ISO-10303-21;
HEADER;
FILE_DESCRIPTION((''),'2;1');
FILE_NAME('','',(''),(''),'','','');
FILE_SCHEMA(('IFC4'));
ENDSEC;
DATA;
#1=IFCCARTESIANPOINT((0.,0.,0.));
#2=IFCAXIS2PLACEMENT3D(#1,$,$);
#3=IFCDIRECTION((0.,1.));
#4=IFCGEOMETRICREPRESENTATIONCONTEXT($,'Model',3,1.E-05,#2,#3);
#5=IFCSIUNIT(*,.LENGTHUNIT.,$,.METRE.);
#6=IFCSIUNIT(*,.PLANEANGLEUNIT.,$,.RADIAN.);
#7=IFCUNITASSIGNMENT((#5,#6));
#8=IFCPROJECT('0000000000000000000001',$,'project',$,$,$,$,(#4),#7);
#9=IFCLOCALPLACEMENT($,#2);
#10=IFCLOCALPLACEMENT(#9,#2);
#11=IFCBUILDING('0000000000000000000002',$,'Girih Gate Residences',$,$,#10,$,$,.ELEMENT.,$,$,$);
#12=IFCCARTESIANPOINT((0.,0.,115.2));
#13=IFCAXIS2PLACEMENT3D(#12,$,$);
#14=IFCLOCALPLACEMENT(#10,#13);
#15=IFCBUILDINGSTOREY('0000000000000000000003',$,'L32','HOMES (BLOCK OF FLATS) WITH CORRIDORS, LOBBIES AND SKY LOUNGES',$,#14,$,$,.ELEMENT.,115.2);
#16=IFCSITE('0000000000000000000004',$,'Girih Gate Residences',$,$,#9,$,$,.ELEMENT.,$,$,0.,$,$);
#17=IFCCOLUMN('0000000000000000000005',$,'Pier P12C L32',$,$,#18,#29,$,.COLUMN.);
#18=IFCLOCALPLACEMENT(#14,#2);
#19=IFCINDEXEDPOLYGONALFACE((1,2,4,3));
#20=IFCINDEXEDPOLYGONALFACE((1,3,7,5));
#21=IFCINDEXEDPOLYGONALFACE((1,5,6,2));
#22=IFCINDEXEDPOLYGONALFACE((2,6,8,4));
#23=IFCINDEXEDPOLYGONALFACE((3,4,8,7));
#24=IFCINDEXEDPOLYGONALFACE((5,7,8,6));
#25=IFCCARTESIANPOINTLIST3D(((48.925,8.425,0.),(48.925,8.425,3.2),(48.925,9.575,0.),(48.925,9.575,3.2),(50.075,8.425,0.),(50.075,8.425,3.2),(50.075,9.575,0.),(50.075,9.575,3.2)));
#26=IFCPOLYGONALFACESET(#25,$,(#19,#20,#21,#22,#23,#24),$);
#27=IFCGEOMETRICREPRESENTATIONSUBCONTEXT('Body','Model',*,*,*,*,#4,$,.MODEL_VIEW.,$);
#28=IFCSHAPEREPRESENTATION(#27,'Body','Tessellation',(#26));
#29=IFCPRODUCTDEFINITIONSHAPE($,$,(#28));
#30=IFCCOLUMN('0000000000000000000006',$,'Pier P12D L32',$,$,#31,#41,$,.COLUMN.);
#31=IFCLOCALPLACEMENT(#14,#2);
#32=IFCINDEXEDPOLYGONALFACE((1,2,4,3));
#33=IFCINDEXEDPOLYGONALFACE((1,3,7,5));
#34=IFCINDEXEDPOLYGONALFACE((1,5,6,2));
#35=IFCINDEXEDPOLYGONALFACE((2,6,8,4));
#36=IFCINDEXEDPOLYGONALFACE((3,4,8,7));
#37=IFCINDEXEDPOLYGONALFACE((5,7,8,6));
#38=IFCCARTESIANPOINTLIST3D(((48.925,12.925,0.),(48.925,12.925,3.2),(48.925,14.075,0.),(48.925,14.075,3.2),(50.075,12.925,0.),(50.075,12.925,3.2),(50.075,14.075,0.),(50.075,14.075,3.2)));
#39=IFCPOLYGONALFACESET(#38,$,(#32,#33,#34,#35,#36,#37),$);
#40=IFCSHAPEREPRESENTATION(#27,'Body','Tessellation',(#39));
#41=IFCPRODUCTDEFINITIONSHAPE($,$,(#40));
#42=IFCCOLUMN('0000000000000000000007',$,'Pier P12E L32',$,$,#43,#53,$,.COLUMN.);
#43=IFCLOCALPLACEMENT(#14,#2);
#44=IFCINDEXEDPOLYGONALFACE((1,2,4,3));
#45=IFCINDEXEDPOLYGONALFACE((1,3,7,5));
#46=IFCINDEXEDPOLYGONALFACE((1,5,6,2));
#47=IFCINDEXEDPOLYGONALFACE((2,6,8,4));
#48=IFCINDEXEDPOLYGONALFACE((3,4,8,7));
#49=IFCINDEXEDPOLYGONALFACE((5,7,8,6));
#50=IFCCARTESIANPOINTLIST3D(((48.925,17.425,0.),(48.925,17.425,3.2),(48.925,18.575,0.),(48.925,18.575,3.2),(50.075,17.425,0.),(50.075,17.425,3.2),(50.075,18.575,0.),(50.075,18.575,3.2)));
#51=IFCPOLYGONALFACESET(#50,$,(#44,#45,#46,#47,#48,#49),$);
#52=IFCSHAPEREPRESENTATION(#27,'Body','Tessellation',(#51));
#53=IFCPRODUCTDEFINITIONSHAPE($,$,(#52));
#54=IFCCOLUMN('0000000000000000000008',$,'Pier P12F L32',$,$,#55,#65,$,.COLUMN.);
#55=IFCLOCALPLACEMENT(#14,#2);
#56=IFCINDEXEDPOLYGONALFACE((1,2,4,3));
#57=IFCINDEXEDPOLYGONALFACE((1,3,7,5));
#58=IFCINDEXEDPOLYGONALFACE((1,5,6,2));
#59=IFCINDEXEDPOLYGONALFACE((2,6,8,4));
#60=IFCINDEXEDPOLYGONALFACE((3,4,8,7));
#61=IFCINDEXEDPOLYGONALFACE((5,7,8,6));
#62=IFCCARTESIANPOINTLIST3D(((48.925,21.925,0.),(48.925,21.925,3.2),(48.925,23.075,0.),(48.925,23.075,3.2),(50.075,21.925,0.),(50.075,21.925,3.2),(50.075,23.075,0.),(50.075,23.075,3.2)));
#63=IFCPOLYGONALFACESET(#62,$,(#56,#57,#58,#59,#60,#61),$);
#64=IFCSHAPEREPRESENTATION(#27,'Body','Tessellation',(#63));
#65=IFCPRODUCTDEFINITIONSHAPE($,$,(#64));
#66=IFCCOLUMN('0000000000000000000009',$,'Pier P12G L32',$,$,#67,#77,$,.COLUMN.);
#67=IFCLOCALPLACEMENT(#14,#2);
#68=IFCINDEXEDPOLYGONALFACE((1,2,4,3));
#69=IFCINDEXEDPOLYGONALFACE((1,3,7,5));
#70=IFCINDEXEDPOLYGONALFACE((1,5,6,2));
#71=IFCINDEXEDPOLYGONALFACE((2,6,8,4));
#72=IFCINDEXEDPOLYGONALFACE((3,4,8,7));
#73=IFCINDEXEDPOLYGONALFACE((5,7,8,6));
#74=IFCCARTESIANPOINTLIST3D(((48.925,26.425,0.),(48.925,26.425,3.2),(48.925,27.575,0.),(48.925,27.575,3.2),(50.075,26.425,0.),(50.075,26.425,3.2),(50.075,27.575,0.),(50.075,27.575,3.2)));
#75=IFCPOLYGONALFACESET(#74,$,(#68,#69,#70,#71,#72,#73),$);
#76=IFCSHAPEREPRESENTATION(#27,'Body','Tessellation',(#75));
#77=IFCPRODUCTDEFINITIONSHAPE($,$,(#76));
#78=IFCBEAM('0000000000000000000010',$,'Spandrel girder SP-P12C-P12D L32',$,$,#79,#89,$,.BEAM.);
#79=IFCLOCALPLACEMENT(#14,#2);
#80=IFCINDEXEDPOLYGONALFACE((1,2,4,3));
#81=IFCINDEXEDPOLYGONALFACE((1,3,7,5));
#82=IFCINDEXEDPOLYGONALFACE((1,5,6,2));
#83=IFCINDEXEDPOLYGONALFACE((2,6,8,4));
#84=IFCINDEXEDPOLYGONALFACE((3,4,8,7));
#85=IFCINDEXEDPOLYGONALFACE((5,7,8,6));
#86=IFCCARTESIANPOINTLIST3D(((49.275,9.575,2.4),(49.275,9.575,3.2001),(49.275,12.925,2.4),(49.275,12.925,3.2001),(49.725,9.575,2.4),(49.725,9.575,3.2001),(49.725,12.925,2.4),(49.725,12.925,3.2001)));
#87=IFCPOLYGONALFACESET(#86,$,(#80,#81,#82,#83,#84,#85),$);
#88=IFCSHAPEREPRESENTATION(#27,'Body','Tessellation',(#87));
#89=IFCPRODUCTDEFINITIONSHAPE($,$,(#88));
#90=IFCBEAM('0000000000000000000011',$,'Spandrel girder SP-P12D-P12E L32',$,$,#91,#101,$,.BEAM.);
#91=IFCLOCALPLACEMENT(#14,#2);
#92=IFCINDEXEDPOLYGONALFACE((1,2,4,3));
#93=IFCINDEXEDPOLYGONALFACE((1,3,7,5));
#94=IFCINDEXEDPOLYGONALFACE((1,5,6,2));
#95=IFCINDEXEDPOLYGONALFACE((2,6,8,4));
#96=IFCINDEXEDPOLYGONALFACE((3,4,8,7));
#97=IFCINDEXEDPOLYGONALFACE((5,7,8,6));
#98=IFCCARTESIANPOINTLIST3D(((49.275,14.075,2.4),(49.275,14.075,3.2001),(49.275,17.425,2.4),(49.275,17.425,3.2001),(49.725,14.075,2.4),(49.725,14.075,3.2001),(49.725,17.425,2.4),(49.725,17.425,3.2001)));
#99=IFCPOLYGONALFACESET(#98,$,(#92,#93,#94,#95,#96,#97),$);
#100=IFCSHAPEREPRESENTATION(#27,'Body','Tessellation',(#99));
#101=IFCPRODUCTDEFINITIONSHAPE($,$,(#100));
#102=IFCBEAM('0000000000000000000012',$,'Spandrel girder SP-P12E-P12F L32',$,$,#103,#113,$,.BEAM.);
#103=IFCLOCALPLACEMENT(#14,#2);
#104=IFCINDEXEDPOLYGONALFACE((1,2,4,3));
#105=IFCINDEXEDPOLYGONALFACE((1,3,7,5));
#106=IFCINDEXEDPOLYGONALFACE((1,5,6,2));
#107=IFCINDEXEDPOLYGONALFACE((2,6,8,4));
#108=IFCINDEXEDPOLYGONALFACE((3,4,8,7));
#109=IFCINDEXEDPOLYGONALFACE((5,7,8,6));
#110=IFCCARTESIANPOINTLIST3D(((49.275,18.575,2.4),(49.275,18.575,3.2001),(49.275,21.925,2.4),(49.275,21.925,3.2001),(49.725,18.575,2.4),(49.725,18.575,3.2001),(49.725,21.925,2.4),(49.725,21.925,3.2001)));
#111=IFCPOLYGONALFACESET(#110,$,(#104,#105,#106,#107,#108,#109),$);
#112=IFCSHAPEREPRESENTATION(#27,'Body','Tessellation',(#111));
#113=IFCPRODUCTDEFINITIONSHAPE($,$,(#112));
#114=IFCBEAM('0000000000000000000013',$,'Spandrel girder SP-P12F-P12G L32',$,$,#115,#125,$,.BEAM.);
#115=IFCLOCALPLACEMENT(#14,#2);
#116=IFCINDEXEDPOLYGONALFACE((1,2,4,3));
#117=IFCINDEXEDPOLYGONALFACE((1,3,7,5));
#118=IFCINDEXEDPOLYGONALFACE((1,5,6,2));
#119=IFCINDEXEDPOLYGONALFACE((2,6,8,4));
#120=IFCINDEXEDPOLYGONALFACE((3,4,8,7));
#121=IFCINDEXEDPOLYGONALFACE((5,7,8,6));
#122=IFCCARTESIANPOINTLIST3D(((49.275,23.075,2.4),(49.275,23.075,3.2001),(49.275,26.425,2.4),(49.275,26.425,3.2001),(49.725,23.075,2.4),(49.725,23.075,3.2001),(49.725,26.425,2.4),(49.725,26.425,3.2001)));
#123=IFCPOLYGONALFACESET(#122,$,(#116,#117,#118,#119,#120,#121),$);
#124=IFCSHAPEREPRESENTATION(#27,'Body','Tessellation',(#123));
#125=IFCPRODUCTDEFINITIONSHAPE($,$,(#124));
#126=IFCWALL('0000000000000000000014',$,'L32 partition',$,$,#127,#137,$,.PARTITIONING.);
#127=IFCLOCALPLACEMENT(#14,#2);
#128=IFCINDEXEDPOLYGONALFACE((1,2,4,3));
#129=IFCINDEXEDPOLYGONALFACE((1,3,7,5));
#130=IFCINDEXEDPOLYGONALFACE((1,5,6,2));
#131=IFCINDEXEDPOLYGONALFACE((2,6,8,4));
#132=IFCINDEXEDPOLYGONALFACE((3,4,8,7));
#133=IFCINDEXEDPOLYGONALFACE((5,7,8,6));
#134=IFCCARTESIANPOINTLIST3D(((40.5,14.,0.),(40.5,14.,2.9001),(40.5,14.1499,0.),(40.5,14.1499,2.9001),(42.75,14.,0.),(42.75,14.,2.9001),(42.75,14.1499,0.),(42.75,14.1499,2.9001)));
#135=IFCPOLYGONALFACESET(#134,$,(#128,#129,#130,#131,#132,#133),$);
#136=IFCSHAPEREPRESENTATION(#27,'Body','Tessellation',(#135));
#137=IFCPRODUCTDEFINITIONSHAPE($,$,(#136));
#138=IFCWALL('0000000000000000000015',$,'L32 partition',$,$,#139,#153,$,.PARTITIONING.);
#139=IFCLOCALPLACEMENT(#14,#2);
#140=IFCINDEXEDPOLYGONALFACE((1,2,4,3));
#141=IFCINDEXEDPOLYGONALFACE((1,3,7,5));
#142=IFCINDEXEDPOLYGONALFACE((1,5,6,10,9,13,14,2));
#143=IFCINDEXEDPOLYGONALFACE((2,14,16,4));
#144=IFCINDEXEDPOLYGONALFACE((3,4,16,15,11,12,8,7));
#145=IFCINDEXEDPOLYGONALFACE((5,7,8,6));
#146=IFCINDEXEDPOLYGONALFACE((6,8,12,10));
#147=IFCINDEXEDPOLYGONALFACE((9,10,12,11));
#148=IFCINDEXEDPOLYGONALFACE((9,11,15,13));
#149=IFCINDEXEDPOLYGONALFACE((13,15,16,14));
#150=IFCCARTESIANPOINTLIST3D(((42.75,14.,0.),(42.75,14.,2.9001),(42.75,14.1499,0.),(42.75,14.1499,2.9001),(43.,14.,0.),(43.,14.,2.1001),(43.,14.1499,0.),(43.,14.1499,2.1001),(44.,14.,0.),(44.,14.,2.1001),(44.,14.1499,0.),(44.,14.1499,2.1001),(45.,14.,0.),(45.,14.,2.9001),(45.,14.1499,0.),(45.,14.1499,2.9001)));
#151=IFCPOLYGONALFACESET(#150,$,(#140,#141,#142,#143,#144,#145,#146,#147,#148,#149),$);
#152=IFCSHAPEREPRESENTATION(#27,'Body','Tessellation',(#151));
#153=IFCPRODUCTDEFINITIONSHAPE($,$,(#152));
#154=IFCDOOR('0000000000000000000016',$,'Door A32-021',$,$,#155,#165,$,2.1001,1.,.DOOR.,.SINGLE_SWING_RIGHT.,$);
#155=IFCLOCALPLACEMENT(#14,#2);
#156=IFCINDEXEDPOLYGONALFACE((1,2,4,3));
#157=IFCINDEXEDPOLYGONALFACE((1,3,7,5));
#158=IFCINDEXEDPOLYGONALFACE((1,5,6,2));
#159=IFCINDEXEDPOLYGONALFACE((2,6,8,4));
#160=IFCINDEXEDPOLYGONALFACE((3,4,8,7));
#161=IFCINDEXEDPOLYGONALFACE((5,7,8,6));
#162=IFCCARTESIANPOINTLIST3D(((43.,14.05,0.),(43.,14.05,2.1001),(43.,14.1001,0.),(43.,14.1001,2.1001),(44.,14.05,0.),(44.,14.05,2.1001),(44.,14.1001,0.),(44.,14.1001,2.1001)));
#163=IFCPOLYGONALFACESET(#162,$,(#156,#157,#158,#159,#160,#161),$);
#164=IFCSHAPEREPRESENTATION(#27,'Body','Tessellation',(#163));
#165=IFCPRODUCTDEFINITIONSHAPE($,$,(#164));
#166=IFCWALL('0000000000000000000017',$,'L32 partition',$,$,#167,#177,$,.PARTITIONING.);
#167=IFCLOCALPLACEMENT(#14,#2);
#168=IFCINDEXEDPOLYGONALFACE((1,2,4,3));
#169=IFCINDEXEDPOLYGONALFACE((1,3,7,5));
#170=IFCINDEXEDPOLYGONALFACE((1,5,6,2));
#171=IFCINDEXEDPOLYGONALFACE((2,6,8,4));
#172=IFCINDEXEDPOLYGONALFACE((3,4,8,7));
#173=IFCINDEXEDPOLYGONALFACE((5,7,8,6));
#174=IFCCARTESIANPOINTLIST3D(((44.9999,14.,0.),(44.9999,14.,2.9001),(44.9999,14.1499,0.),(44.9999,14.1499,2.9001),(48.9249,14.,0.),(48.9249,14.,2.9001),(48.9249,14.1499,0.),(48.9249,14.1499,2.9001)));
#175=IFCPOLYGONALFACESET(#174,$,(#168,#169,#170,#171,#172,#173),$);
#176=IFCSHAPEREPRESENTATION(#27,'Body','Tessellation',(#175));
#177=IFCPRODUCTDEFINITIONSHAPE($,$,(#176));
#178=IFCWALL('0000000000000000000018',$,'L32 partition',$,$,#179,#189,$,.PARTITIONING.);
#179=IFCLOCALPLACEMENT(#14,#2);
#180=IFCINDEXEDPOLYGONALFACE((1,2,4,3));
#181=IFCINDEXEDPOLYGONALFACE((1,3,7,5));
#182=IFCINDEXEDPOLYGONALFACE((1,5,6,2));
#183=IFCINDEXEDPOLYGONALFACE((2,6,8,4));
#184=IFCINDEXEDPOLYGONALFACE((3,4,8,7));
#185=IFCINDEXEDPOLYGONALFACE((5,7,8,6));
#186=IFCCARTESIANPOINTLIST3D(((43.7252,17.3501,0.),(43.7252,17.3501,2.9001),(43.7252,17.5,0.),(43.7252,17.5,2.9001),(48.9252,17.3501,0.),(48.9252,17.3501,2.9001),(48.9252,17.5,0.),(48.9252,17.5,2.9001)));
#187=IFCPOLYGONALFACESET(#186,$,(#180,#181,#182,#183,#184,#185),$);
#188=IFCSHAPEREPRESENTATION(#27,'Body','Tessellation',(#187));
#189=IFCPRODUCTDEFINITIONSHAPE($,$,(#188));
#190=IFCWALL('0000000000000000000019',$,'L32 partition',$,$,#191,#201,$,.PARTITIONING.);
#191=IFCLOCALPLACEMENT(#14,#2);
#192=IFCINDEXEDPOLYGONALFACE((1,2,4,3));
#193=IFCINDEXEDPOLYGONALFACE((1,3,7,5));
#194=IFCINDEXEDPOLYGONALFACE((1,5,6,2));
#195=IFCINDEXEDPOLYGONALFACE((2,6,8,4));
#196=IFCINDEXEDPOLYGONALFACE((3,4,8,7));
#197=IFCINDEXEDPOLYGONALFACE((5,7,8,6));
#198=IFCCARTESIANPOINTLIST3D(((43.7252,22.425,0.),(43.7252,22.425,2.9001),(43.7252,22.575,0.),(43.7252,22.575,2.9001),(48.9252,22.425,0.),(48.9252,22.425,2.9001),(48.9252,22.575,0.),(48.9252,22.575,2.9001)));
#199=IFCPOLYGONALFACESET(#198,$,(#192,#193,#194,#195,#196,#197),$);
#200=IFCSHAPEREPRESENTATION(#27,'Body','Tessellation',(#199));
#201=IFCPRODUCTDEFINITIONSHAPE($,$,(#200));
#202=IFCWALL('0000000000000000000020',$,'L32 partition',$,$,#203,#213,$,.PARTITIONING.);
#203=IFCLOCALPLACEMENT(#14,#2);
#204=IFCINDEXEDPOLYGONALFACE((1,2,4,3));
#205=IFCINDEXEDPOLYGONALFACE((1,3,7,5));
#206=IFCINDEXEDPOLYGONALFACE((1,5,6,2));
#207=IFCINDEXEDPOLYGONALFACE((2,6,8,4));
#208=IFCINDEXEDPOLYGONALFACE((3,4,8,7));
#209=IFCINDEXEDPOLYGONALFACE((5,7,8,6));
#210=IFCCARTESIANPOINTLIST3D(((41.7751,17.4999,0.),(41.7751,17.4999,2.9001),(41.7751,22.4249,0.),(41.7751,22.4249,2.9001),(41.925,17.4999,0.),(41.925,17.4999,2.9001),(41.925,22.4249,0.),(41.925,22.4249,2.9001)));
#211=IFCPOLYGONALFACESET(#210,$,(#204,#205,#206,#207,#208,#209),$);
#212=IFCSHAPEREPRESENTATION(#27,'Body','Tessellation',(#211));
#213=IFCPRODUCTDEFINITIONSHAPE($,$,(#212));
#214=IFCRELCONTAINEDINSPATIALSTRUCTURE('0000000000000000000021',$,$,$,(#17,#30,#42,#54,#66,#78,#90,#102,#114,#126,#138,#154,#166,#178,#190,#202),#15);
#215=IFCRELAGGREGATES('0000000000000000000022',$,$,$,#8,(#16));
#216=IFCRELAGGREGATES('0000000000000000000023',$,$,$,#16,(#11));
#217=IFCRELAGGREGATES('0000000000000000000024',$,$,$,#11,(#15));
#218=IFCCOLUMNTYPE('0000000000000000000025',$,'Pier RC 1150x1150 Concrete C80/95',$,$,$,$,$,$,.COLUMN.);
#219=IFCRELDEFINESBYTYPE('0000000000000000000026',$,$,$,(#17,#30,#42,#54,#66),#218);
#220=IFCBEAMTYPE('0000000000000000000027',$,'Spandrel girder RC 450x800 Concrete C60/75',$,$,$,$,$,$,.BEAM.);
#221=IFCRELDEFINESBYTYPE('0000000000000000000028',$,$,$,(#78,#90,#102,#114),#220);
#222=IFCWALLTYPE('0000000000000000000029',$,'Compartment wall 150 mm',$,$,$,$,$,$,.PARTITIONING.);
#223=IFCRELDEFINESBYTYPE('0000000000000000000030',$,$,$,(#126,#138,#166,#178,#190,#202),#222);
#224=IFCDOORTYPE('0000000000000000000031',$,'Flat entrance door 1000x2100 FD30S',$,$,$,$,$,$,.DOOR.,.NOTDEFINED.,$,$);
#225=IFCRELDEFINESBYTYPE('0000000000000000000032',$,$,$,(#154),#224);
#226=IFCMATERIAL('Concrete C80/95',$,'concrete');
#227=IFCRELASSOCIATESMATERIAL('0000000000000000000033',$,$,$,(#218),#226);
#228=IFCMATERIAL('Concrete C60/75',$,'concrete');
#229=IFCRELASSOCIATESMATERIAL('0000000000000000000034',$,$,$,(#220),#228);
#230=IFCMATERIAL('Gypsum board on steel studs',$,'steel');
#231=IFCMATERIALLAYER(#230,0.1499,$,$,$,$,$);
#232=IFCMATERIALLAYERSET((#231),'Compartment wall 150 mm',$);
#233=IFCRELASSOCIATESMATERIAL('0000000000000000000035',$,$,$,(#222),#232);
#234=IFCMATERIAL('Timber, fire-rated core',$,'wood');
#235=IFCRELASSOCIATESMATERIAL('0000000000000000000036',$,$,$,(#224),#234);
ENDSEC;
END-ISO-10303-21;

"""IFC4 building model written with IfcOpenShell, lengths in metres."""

from ifc_helpers import new_model, si_unit, direction, frame, frame_2d, origin, origin_2d, place, context, subcontext, project, spatial, rectangle, extrude, material, layer, layer_set, material_profile, profile_set, type_object, element, fill, save


model = new_model("IFC4")

# Units and contexts
model_context = context("Model", 3, precision=1e-05, world=origin(), true_north=direction((0.0, 1.0)))
body_context = subcontext(model_context, "Body", "Model", "MODEL_VIEW")
ifc_project = project(units=[si_unit("LENGTHUNIT", "METRE"), si_unit("PLANEANGLEUNIT", "RADIAN")], contexts=[model_context])

# Site, building, storey
site_placement = place(None, origin())
site = spatial("IfcSite", under=ifc_project, at=site_placement, Name="Girih Gate Residences", CompositionType="ELEMENT", RefElevation=0.0)
building_placement = place(site_placement, origin())
building = spatial("IfcBuilding", under=site, at=building_placement, Name="Girih Gate Residences", CompositionType="ELEMENT")
storey_placement = place(building_placement, frame((0.0, 0.0, 115.2)))
storey = spatial("IfcBuildingStorey", under=building, at=storey_placement, Name="L32", Description="HOMES (BLOCK OF FLATS) WITH CORRIDORS, LOBBIES AND SKY LOUNGES", CompositionType="ELEMENT", Elevation=115.2)

# Columns
ifc_material_1 = material(Name="Concrete C80/95", Category="concrete")
ifc_material_profile_1 = material_profile(ifc_material_1, rectangle(XDim=1.1499, YDim=1.1499, at=origin_2d()))
ifc_profile_set_1 = profile_set([ifc_material_profile_1], Name="Concrete C80/95")
column_type = type_object("IfcColumnType", Name="Pier RC 1150x1150 Concrete C80/95", PredefinedType="COLUMN", material=ifc_profile_set_1)
for number, where, z_axis, x_axis, name in (
    (1, (49.5, 9.0, 0.0), (0.0, 0.0, 1.0), (1.0, 0.0, 0.0), "Pier P12C L32"),
    (2, (49.5, 13.5, 0.0), (0.0, 0.0, 1.0), (1.0, 0.0, 0.0), "Pier P12D L32"),
    (3, (49.5, 18.0, 0.0), (0.0, 0.0, 1.0), (1.0, 0.0, 0.0), "Pier P12E L32"),
    (4, (49.5, 22.5, 0.0), (0.0, 0.0, 1.0), (1.0, 0.0, 0.0), "Pier P12F L32"),
    (5, (49.5, 27.0, 0.0), (0.0, 0.0, 1.0), (1.0, 0.0, 0.0), "Pier P12G L32"),
):
    element("IfcColumn", number, at=place(storey_placement, frame(where, z_axis=z_axis, x_axis=x_axis)), inside=storey, type_object=column_type, Name=name, PredefinedType="COLUMN", context=body_context, shape_type="SweptSolid", body=[
        extrude(rectangle(XDim=1.1499, YDim=1.1499, at=origin_2d()), origin(), (0.0, 0.0, 1.0), 3.2),
    ])

# Beams
ifc_material_2 = material(Name="Concrete C60/75", Category="concrete")
ifc_material_profile_2 = material_profile(ifc_material_2, rectangle(XDim=0.45, YDim=0.8, at=origin_2d()))
ifc_profile_set_2 = profile_set([ifc_material_profile_2], Name="Concrete C60/75")
beam_type = type_object("IfcBeamType", Name="Spandrel girder RC 450x800 Concrete C60/75", PredefinedType="BEAM", material=ifc_profile_set_2)
for number, where, z_axis, x_axis, name in (
    (6, (49.5, 9.575, 2.8), (0.0, 1.0, 0.0), (-1.0, 0.0, 0.0), "Spandrel girder SP-P12C-P12D L32"),
    (7, (49.5, 14.075, 2.8), (0.0, 1.0, 0.0), (-1.0, 0.0, 0.0), "Spandrel girder SP-P12D-P12E L32"),
    (8, (49.5, 18.575, 2.8), (0.0, 1.0, 0.0), (-1.0, 0.0, 0.0), "Spandrel girder SP-P12E-P12F L32"),
    (9, (49.5, 23.075, 2.8), (0.0, 1.0, 0.0), (-1.0, 0.0, 0.0), "Spandrel girder SP-P12F-P12G L32"),
):
    element("IfcBeam", number, at=place(storey_placement, frame(where, z_axis=z_axis, x_axis=x_axis)), inside=storey, type_object=beam_type, Name=name, PredefinedType="BEAM", context=body_context, shape_type="SweptSolid", body=[
        extrude(rectangle(XDim=0.45, YDim=0.8, at=origin_2d()), origin(), (0.0, 0.0, 1.0), 3.3501),
    ])

# Wall
ifc_material_3 = material(Name="Gypsum board on steel studs", Category="steel")
ifc_layer_1 = layer(ifc_material_3, 0.1499)
ifc_layer_set_1 = layer_set([ifc_layer_1], Name="Compartment wall 150 mm")
wall_type_1 = type_object("IfcWallType", Name="Compartment wall 150 mm", PredefinedType="PARTITIONING", material=ifc_layer_set_1)
wall_1_placement = place(storey_placement, frame((40.5, 14.075, 0.0), z_axis=(0.0, 0.0, 1.0), x_axis=(1.0, 0.0, 0.0)))
element("IfcWall", 10, at=wall_1_placement, inside=storey, type_object=wall_type_1, Name="L32 partition", PredefinedType="PARTITIONING", context=body_context, shape_type="SweptSolid", body=[
    extrude(rectangle(XDim=2.25, YDim=0.1499, at=frame_2d((1.125, 0.0))), origin(), (0.0, 0.0, 1.0), 2.9001),
])

# Wall, opening, door
wall_2_placement = place(storey_placement, frame((45.0, 14.075, 0.0), z_axis=(0.0, 0.0, 1.0), x_axis=(-1.0, 0.0, 0.0)))
wall_2 = element("IfcWall", 11, at=wall_2_placement, inside=storey, type_object=wall_type_1, Name="L32 partition", PredefinedType="PARTITIONING", context=body_context, shape_type="SweptSolid", body=[
    extrude(rectangle(XDim=2.25, YDim=0.1499, at=frame_2d((1.125, 0.0))), origin(), (0.0, 0.0, 1.0), 2.9001),
])
opening_1_placement = place(wall_2_placement, frame((1.0, 0.0, 0.0)))
opening_1 = element("IfcOpeningElement", 12, at=opening_1_placement, cuts=wall_2, PredefinedType="OPENING", context=body_context, shape_type="SweptSolid", body=[
    extrude(rectangle(XDim=1.0, YDim=2.1001, at=frame_2d((0.5, 1.05))), frame((0.0, 0.085, 0.0), z_axis=(0.0, -1.0, 0.0), x_axis=(1.0, 0.0, 0.0)), (0.0, 0.0, 1.0), 0.1699),
])
ifc_material_4 = material(Name="Timber, fire-rated core", Category="wood")
door_type_1 = type_object("IfcDoorType", Name="Flat entrance door 1000x2100 FD30S", OperationType="NOTDEFINED", PredefinedType="DOOR", material=ifc_material_4)
door_1_placement = place(opening_1_placement, origin())
door_1 = element("IfcDoor", 13, at=door_1_placement, inside=storey, type_object=door_type_1, Name="Door A32-021", OperationType="SINGLE_SWING_RIGHT", OverallHeight=2.1001, OverallWidth=1.0, PredefinedType="DOOR", context=body_context, shape_type="SweptSolid", body=[
    extrude(rectangle(XDim=1.0, YDim=2.1001, at=frame_2d((0.5, 1.05))), frame((0.0, 0.0249, 0.0), z_axis=(0.0, -1.0, 0.0), x_axis=(1.0, 0.0, 0.0)), (0.0, 0.0, 1.0), 0.05),
])
fill(opening_1, door_1)

# Walls
wall_3_placement = place(storey_placement, frame((45.0, 14.075, 0.0), z_axis=(0.0, 0.0, 1.0), x_axis=(1.0, 0.0, 0.0)))
element("IfcWall", 14, at=wall_3_placement, inside=storey, type_object=wall_type_1, Name="L32 partition", PredefinedType="PARTITIONING", context=body_context, shape_type="SweptSolid", body=[
    extrude(rectangle(XDim=3.925, YDim=0.1499, at=frame_2d((1.9624, 0.0))), origin(), (0.0, 0.0, 1.0), 2.9001),
])
for number, where, z_axis, x_axis, name in (
    (15, (43.7251, 17.425, 0.0), (0.0, 0.0, 1.0), (1.0, 0.0, 0.0), "L32 partition"),
    (16, (43.7251, 22.5, 0.0), (0.0, 0.0, 1.0), (1.0, 0.0, 0.0), "L32 partition"),
):
    element("IfcWall", number, at=place(storey_placement, frame(where, z_axis=z_axis, x_axis=x_axis)), inside=storey, type_object=wall_type_1, Name=name, PredefinedType="PARTITIONING", context=body_context, shape_type="SweptSolid", body=[
        extrude(rectangle(XDim=5.2, YDim=0.1499, at=frame_2d((2.6001, 0.0))), origin(), (0.0, 0.0, 1.0), 2.9001),
    ])
wall_4_placement = place(storey_placement, frame((41.8501, 17.5, 0.0), z_axis=(0.0, 0.0, 1.0), x_axis=(0.0, 1.0, 0.0)))
element("IfcWall", 17, at=wall_4_placement, inside=storey, type_object=wall_type_1, Name="L32 partition", PredefinedType="PARTITIONING", context=body_context, shape_type="SweptSolid", body=[
    extrude(rectangle(XDim=4.925, YDim=0.1499, at=frame_2d((2.4624, 0.0))), origin(), (0.0, 0.0, 1.0), 2.9001),
])

save(model, "model.ifc")
